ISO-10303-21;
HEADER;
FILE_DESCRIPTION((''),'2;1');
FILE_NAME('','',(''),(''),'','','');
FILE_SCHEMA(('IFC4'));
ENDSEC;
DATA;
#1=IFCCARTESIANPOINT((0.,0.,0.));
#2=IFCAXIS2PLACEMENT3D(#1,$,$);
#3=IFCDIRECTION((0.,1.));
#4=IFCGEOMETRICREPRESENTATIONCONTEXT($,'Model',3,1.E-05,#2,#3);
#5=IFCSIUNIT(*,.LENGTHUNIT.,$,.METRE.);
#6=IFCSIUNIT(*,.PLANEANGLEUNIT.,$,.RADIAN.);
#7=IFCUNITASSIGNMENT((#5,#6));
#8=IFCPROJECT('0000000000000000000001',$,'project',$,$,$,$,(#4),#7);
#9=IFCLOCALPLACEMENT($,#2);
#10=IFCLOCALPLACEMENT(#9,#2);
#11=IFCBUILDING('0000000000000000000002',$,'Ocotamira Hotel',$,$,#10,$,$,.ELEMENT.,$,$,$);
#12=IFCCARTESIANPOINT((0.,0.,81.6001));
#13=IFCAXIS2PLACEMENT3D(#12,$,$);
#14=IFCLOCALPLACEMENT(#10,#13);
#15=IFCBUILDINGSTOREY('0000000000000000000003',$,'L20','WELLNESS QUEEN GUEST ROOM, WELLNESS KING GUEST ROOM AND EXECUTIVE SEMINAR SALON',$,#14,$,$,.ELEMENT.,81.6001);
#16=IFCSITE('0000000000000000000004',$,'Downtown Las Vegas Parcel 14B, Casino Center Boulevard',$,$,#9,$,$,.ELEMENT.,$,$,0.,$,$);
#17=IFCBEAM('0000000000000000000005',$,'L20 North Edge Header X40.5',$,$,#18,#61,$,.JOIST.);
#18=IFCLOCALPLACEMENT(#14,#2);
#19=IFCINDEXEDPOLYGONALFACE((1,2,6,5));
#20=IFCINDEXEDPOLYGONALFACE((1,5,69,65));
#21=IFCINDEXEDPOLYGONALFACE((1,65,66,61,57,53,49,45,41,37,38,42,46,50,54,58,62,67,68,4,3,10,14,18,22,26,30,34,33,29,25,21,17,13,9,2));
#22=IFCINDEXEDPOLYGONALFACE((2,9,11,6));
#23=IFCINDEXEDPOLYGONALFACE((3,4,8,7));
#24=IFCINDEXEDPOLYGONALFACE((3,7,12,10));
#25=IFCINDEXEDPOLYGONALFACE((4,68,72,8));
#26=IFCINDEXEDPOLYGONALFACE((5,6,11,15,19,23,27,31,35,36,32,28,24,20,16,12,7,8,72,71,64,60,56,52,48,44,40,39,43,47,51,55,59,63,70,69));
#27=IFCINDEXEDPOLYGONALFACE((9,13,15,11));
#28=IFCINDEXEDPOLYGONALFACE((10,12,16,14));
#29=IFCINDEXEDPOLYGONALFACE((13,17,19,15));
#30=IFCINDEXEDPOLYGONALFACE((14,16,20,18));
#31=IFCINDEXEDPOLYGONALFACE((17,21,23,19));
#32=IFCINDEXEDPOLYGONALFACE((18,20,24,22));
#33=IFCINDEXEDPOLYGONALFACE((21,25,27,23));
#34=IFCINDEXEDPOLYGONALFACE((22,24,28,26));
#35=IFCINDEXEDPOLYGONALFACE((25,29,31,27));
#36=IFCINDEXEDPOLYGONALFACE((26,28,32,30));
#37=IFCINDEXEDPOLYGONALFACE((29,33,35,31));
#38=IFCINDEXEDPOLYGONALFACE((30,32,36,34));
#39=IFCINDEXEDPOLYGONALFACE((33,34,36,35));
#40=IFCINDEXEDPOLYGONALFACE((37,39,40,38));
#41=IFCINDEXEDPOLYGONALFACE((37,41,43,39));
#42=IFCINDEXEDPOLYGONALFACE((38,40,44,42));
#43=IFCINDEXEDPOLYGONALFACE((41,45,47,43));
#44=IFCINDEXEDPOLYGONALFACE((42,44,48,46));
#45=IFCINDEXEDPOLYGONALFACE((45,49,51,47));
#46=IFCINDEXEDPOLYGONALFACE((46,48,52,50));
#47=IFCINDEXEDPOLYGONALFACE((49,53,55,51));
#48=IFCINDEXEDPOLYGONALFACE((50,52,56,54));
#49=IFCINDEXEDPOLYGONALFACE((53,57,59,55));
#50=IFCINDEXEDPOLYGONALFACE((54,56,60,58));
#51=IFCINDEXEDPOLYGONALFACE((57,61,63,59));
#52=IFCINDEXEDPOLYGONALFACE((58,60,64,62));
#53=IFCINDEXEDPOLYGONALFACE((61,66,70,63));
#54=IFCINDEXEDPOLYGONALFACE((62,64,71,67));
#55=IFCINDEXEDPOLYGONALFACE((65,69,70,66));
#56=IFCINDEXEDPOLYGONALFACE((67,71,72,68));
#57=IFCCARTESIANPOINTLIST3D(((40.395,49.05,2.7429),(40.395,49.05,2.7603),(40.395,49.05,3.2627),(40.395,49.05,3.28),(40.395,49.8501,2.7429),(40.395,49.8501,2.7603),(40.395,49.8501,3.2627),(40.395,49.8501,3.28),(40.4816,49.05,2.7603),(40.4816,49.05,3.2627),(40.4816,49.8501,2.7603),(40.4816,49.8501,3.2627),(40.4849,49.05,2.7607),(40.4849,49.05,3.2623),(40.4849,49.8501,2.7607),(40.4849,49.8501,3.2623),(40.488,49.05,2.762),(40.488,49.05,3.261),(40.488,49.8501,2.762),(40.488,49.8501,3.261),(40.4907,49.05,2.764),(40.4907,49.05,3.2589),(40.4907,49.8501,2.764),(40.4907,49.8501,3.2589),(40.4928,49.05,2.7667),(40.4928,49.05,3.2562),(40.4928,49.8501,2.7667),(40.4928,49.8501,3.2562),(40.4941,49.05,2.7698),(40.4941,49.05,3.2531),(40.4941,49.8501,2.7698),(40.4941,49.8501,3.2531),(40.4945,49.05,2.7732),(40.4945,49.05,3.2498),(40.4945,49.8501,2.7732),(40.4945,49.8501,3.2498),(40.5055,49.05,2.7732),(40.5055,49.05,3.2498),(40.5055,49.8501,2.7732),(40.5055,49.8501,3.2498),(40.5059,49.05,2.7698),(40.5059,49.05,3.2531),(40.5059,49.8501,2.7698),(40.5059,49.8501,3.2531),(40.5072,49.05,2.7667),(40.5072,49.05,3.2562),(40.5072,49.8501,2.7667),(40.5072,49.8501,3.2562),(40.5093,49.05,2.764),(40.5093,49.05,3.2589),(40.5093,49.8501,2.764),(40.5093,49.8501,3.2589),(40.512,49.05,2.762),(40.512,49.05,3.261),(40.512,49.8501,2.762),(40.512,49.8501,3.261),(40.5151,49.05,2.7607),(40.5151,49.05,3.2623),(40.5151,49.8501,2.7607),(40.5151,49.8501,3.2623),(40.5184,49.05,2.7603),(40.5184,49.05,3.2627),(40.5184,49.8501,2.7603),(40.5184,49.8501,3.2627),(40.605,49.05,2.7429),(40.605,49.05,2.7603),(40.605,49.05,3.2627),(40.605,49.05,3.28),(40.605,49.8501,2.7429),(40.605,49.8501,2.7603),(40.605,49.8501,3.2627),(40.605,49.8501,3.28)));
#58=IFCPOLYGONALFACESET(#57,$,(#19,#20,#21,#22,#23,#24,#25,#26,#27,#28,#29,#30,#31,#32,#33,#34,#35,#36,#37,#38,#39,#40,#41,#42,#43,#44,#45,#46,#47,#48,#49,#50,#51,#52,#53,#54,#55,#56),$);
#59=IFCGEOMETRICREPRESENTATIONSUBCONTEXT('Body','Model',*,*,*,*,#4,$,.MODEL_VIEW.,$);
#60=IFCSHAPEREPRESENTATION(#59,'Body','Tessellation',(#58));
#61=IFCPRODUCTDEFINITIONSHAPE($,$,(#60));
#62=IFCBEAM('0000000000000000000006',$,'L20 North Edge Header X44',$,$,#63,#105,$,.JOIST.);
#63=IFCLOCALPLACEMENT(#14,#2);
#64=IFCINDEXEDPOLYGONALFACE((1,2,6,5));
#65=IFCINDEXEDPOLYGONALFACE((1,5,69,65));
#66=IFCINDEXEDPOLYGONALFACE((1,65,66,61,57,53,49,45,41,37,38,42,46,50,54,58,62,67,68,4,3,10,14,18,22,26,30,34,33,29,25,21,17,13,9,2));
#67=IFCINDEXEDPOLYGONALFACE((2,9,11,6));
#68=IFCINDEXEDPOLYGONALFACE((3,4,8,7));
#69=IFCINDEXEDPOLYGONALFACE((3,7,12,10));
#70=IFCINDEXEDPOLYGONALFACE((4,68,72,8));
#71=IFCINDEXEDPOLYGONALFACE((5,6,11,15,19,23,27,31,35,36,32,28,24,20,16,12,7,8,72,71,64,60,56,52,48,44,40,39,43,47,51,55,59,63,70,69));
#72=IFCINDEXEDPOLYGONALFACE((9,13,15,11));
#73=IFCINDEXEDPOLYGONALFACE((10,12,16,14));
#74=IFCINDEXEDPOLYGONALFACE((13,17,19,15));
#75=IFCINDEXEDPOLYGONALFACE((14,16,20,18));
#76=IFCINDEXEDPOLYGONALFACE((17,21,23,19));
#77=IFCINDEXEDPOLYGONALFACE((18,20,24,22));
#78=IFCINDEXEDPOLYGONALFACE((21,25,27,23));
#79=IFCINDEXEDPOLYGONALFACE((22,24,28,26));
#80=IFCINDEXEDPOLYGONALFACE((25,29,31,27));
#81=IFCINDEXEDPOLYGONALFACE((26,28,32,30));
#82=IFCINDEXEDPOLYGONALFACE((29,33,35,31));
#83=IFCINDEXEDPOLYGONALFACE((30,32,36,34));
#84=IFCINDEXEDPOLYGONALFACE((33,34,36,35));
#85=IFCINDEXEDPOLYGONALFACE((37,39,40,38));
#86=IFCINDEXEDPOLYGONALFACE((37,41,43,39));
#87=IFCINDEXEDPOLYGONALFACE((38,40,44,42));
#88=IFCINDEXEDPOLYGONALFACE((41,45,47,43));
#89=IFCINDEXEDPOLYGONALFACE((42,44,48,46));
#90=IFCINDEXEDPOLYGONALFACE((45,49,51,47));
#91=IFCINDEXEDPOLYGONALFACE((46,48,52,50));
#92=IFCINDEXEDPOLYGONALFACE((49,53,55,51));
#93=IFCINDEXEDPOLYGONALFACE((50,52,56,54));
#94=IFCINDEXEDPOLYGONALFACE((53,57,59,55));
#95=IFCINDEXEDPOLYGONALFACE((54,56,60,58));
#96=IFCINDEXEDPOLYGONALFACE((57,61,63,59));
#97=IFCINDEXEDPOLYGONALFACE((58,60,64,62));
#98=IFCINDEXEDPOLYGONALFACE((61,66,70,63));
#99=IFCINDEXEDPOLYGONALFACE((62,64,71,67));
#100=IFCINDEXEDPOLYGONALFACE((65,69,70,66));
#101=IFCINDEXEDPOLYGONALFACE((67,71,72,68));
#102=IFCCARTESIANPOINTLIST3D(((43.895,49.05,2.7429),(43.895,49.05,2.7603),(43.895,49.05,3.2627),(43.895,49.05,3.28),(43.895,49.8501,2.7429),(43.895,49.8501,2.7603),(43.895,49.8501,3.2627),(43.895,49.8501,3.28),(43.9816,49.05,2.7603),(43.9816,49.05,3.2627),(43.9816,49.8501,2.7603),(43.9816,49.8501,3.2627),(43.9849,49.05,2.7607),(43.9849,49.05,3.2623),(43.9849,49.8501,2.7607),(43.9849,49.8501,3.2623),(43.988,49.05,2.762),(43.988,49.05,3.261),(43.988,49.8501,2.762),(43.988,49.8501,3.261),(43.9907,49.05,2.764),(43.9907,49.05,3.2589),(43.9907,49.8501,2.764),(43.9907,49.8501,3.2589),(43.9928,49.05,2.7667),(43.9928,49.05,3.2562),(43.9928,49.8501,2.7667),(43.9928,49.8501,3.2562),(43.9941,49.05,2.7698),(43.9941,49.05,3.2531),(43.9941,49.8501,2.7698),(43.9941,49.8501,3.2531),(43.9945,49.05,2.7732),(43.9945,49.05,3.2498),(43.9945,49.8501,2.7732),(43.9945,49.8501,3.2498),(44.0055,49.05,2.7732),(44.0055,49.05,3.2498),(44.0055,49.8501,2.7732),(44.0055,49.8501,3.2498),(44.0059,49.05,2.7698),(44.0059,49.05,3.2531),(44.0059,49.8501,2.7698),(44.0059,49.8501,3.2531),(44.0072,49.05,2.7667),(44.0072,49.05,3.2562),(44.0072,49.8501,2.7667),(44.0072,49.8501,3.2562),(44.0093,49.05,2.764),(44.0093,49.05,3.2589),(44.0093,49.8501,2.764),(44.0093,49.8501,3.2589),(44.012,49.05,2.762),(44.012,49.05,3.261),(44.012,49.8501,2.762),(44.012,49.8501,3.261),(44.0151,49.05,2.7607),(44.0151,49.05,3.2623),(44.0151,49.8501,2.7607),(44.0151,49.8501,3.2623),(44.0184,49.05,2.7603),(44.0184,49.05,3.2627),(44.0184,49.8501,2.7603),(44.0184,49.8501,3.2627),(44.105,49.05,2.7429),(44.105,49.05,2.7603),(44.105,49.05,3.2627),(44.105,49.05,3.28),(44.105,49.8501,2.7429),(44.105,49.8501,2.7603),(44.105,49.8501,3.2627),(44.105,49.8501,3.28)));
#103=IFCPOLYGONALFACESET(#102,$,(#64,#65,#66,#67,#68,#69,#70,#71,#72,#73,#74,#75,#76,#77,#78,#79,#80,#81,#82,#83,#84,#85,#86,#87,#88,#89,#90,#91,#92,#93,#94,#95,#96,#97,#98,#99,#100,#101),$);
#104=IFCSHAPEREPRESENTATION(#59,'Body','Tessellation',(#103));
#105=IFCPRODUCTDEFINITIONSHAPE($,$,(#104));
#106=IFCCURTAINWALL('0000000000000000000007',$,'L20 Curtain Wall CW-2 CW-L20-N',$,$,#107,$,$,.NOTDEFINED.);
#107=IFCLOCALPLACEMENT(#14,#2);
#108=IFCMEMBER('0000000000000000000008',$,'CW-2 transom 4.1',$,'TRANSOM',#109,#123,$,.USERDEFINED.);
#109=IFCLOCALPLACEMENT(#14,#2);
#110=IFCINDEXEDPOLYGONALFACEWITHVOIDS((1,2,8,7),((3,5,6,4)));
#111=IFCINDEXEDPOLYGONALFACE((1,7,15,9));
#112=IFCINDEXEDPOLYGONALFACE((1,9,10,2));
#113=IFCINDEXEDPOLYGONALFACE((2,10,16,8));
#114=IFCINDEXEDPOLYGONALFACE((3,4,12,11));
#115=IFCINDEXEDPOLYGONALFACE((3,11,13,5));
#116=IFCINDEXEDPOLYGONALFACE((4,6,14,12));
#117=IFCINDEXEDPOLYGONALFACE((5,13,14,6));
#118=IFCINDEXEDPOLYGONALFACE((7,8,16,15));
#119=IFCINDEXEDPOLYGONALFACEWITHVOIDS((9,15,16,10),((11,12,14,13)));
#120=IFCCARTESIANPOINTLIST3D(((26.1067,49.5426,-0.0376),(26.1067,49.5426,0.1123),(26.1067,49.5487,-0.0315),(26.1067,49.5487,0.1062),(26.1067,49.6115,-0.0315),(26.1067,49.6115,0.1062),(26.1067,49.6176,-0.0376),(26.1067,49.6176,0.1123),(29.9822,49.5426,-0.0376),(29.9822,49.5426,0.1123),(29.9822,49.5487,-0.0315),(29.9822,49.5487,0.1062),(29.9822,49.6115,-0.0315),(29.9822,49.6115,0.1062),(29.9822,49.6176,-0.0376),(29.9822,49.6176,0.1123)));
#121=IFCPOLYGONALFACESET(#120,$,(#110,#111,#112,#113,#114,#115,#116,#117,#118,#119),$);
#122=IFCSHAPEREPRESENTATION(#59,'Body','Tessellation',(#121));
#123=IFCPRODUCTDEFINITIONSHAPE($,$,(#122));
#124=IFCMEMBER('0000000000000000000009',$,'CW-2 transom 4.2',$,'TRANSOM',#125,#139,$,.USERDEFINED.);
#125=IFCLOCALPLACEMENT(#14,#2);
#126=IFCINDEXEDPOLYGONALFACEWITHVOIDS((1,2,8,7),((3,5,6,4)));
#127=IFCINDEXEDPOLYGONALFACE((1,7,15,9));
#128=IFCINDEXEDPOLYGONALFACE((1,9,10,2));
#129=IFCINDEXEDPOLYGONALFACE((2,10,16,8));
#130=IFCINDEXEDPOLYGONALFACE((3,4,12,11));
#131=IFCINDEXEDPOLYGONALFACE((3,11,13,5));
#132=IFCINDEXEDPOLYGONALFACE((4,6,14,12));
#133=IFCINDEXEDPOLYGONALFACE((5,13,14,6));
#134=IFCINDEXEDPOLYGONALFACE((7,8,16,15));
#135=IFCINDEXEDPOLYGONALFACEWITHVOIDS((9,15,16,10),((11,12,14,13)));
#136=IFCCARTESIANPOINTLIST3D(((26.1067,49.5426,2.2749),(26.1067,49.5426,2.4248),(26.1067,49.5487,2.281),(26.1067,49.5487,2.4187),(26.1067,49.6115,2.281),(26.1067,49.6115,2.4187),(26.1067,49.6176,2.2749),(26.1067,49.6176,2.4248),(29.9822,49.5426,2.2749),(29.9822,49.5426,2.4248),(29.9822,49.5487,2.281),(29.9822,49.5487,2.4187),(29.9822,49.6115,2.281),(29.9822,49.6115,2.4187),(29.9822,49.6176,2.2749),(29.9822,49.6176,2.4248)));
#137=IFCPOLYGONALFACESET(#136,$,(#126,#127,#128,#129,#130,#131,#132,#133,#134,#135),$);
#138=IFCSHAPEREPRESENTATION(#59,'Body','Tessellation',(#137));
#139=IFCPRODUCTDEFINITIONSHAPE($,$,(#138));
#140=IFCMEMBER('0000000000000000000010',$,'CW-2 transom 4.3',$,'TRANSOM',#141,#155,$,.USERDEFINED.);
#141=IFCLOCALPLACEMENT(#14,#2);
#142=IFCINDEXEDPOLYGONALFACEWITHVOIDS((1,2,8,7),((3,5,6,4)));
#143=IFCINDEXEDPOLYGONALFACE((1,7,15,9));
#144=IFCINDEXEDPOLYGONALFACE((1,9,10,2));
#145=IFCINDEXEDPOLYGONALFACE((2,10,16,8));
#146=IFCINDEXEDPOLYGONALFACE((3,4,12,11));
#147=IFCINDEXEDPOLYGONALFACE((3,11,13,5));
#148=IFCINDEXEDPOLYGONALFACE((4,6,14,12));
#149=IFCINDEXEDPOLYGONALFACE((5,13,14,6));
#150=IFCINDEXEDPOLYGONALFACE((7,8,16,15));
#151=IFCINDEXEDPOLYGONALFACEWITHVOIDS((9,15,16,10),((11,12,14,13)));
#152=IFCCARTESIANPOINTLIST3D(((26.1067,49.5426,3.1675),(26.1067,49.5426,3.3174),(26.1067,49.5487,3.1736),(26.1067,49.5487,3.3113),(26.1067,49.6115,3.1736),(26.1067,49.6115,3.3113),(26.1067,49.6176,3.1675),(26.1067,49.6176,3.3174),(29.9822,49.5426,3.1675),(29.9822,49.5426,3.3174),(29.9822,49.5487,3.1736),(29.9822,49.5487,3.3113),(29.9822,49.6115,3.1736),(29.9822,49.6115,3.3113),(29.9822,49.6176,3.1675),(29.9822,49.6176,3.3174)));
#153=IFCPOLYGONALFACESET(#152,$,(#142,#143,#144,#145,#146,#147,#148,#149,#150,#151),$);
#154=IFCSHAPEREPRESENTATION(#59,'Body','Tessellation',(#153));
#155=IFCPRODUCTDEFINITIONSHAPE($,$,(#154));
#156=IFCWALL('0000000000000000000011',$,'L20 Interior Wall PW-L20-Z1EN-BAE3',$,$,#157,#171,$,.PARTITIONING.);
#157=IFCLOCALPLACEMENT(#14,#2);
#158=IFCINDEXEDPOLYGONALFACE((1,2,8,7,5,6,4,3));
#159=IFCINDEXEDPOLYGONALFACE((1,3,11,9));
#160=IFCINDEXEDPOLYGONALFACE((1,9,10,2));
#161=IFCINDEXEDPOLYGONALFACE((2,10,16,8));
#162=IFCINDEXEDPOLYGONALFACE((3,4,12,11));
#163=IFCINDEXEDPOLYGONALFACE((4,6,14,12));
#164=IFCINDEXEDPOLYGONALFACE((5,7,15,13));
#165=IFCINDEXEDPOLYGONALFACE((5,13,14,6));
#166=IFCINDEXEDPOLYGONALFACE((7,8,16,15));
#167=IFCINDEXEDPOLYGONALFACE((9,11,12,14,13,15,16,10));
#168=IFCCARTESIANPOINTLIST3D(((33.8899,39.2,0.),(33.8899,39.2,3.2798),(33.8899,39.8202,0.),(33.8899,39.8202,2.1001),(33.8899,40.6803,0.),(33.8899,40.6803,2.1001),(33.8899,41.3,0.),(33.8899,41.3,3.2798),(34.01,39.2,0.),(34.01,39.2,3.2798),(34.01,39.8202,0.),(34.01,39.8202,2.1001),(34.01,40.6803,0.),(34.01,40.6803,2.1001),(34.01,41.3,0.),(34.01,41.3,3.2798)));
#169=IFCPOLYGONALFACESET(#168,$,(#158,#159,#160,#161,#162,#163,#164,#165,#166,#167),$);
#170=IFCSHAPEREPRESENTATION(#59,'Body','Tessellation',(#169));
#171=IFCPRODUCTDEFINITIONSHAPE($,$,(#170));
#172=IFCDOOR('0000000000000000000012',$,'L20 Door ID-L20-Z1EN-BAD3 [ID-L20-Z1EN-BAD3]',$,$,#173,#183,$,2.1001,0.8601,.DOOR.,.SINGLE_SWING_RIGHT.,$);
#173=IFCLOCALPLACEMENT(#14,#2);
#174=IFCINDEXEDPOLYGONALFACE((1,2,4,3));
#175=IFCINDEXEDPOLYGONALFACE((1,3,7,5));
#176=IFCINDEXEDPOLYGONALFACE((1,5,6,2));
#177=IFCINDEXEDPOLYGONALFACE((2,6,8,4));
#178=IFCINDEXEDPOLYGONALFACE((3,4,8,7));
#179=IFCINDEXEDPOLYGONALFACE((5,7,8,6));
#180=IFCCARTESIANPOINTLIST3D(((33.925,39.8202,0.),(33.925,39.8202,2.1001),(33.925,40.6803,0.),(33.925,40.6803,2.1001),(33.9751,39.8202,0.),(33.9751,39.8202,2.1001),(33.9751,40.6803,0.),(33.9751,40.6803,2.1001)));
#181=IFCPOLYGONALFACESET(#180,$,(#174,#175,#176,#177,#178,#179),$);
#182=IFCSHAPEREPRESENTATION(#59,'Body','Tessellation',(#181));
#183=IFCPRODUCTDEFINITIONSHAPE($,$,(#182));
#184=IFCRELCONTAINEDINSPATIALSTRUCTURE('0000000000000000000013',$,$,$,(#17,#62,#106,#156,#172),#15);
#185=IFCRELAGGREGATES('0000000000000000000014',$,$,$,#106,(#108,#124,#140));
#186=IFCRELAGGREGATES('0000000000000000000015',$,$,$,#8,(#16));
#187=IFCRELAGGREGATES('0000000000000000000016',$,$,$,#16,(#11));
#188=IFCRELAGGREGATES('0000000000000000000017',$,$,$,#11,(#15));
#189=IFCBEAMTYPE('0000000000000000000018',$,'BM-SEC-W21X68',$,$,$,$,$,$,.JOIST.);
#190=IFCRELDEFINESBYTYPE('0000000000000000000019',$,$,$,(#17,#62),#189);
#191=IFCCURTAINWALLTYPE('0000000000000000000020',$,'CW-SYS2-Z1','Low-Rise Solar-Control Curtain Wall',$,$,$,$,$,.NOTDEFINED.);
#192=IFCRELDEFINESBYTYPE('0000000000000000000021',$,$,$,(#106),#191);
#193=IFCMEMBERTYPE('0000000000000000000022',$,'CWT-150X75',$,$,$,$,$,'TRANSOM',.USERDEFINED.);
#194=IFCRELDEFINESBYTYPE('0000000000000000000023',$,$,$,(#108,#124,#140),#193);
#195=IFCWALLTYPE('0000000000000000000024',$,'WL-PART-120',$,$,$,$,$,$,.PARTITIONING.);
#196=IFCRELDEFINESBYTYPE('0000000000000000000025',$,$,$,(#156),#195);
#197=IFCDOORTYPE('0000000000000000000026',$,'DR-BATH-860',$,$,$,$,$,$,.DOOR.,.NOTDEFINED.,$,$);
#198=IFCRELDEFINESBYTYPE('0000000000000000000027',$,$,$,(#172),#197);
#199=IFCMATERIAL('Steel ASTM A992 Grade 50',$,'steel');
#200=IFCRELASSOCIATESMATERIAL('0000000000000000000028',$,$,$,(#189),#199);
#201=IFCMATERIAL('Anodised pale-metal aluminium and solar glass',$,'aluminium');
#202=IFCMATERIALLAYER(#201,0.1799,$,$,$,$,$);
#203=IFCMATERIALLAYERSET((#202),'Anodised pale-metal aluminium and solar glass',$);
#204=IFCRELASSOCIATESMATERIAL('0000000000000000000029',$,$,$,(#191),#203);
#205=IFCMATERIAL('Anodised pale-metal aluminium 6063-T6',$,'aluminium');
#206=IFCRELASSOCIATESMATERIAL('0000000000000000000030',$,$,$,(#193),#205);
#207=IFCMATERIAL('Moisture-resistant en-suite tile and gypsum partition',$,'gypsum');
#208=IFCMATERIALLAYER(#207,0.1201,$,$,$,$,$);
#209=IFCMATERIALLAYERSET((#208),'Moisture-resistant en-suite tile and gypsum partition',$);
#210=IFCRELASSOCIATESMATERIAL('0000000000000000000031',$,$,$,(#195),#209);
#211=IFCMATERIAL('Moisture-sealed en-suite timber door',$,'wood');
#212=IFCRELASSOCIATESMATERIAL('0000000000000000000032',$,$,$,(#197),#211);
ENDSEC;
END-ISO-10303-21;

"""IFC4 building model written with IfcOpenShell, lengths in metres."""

from ifc_helpers import new_model, si_unit, direction, frame, frame_2d, origin, origin_2d, place, context, subcontext, project, spatial, rectangle, hollow_rectangle, i_section, extrude, source, transform, mapped, material, layer, layer_set, material_profile, profile_set, type_object, element, fill, aggregate, save


model = new_model("IFC4")

# Units and contexts
model_context = context("Model", 3, precision=1e-05, world=origin(), true_north=direction((0.0, 1.0)))
body_context = subcontext(model_context, "Body", "Model", "MODEL_VIEW")
ifc_project = project(units=[si_unit("LENGTHUNIT", "METRE"), si_unit("PLANEANGLEUNIT", "RADIAN")], contexts=[model_context])

# Site, building, storey
site_placement = place(None, origin())
site = spatial("IfcSite", under=ifc_project, at=site_placement, Name="Downtown Las Vegas Parcel 14B, Casino Center Boulevard", CompositionType="ELEMENT", RefElevation=0.0)
building_placement = place(site_placement, origin())
building = spatial("IfcBuilding", under=site, at=building_placement, Name="Ocotamira Hotel", CompositionType="ELEMENT")
storey_placement = place(building_placement, frame((0.0, 0.0, 81.6001)))
storey = spatial("IfcBuildingStorey", under=building, at=storey_placement, Name="L20", Description="WELLNESS QUEEN GUEST ROOM, WELLNESS KING GUEST ROOM AND EXECUTIVE SEMINAR SALON", CompositionType="ELEMENT", Elevation=81.6001)

# Beams
ifc_material_1 = material(Name="Steel ASTM A992 Grade 50", Category="steel")
ifc_material_profile_1 = material_profile(ifc_material_1, i_section(OverallWidth=0.21, OverallDepth=0.5371, WebThickness=0.011, FlangeThickness=0.0173, FilletRadius=0.0129, at=origin_2d()), Name="W21X68")
ifc_profile_set_1 = profile_set([ifc_material_profile_1], Name="Steel ASTM A992 Grade 50")
beam_type_1 = type_object("IfcBeamType", Name="BM-SEC-W21X68", PredefinedType="JOIST", material=ifc_profile_set_1)
shared_shape_1 = source(origin(), body_context, "Body", "SweptSolid", [
    extrude(i_section(OverallWidth=0.21, OverallDepth=0.5371, WebThickness=0.011, FlangeThickness=0.0173, FilletRadius=0.0129, at=origin_2d()), origin(), (0.0, 0.0, 1.0), 0.8),
])
for number, where, z_axis, x_axis, name in (
    (1, (40.5, 49.05, 3.0115), (0.0, 1.0, 0.0), (-1.0, 0.0, 0.0), "L20 North Edge Header X40.5"),
    (2, (44.0, 49.05, 3.0115), (0.0, 1.0, 0.0), (-1.0, 0.0, 0.0), "L20 North Edge Header X44"),
):
    element("IfcBeam", number, at=place(storey_placement, frame(where, z_axis=z_axis, x_axis=x_axis)), inside=storey, type_object=beam_type_1, Name=name, PredefinedType="JOIST", context=body_context, shape_type="MappedRepresentation", body=[
        mapped(shared_shape_1, transform((0.0, 0.0, 0.0), scale=1.0)),
    ])

# Curtain wall, members
ifc_material_2 = material(Name="Anodised pale-metal aluminium and solar glass", Category="aluminium")
ifc_layer_1 = layer(ifc_material_2, 0.1799)
ifc_layer_set_1 = layer_set([ifc_layer_1], Name="Anodised pale-metal aluminium and solar glass")
curtain_wall_type = type_object("IfcCurtainWallType", Name="CW-SYS2-Z1", Description="Low-Rise Solar-Control Curtain Wall", PredefinedType="NOTDEFINED", material=ifc_layer_set_1)
curtain_wall_placement = place(storey_placement, origin())
curtain_wall = element("IfcCurtainWall", 3, at=curtain_wall_placement, inside=storey, type_object=curtain_wall_type, Name="L20 Curtain Wall CW-2 CW-L20-N", PredefinedType="NOTDEFINED")
ifc_material_3 = material(Name="Anodised pale-metal aluminium 6063-T6", Category="aluminium")
ifc_material_profile_2 = material_profile(ifc_material_3, hollow_rectangle(XDim=0.075, YDim=0.1499, WallThickness=0.0061, at=origin_2d()), Name="HSS150X75X6")
ifc_profile_set_2 = profile_set([ifc_material_profile_2], Name="Anodised pale-metal aluminium 6063-T6")
member_type = type_object("IfcMemberType", Name="CWT-150X75", ElementType="TRANSOM", PredefinedType="USERDEFINED", material=ifc_profile_set_2)
shared_shape_2 = source(origin(), body_context, "Body", "SweptSolid", [
    extrude(hollow_rectangle(XDim=0.075, YDim=0.1499, WallThickness=0.0061, at=origin_2d()), origin(), (0.0, 0.0, 1.0), 3.8755),
])
member_1_placement = place(storey_placement, frame((26.1067, 49.5801, 0.0374), z_axis=(1.0, 0.0, 0.0), x_axis=(0.0, 1.0, 0.0)))
member_1 = element("IfcMember", 4, at=member_1_placement, type_object=member_type, Name="CW-2 transom 4.1", ObjectType="TRANSOM", PredefinedType="USERDEFINED", context=body_context, shape_type="MappedRepresentation", body=[
    mapped(shared_shape_2, transform((0.0, 0.0, 0.0), scale=1.0)),
])
member_2_placement = place(storey_placement, frame((26.1067, 49.5801, 2.3499), z_axis=(1.0, 0.0, 0.0), x_axis=(0.0, 1.0, 0.0)))
member_2 = element("IfcMember", 5, at=member_2_placement, type_object=member_type, Name="CW-2 transom 4.2", ObjectType="TRANSOM", PredefinedType="USERDEFINED", context=body_context, shape_type="MappedRepresentation", body=[
    mapped(shared_shape_2, transform((0.0, 0.0, 0.0), scale=1.0)),
])
member_3_placement = place(storey_placement, frame((26.1067, 49.5801, 3.2424), z_axis=(1.0, 0.0, 0.0), x_axis=(0.0, 1.0, 0.0)))
member_3 = element("IfcMember", 6, at=member_3_placement, type_object=member_type, Name="CW-2 transom 4.3", ObjectType="TRANSOM", PredefinedType="USERDEFINED", context=body_context, shape_type="MappedRepresentation", body=[
    mapped(shared_shape_2, transform((0.0, 0.0, 0.0), scale=1.0)),
])
aggregate(curtain_wall, [member_1, member_2, member_3])

# Wall, opening, door
ifc_material_4 = material(Name="Moisture-resistant en-suite tile and gypsum partition", Category="gypsum")
ifc_layer_2 = layer(ifc_material_4, 0.1201)
ifc_layer_set_2 = layer_set([ifc_layer_2], Name="Moisture-resistant en-suite tile and gypsum partition")
wall_type_1 = type_object("IfcWallType", Name="WL-PART-120", PredefinedType="PARTITIONING", material=ifc_layer_set_2)
wall_1_placement = place(storey_placement, frame((33.95, 39.2, 0.0), z_axis=(0.0, 0.0, 1.0), x_axis=(0.0, 1.0, 0.0)))
wall_1 = element("IfcWall", 7, at=wall_1_placement, inside=storey, type_object=wall_type_1, Name="L20 Interior Wall PW-L20-Z1EN-BAE3", PredefinedType="PARTITIONING", context=body_context, shape_type="SweptSolid", body=[
    extrude(rectangle(XDim=2.1001, YDim=0.1201, at=frame_2d((1.05, 0.0))), origin(), (0.0, 0.0, 1.0), 3.2798),
])
opening_1_placement = place(wall_1_placement, frame((0.6201, 0.0, 0.0)))
opening_1 = element("IfcOpeningElement", 8, at=opening_1_placement, cuts=wall_1, PredefinedType="OPENING", context=body_context, shape_type="SweptSolid", body=[
    extrude(rectangle(XDim=0.8601, YDim=2.1001, at=frame_2d((0.4302, 1.05))), frame((0.0, 0.0701, 0.0), z_axis=(0.0, -1.0, 0.0), x_axis=(1.0, 0.0, 0.0)), (0.0, 0.0, 1.0), 0.1401),
])
ifc_material_5 = material(Name="Moisture-sealed en-suite timber door", Category="wood")
door_type = type_object("IfcDoorType", Name="DR-BATH-860", OperationType="NOTDEFINED", PredefinedType="DOOR", material=ifc_material_5)
shared_shape_3 = source(origin(), body_context, "Body", "SweptSolid", [
    extrude(rectangle(XDim=0.8601, YDim=2.1001, at=frame_2d((0.4302, 1.05))), frame((0.0, 0.0249, 0.0), z_axis=(0.0, -1.0, 0.0), x_axis=(1.0, 0.0, 0.0)), (0.0, 0.0, 1.0), 0.05),
])
door_1_placement = place(opening_1_placement, origin())
door_1 = element("IfcDoor", 9, at=door_1_placement, inside=storey, type_object=door_type, Name="L20 Door ID-L20-Z1EN-BAD3 [ID-L20-Z1EN-BAD3]", OperationType="SINGLE_SWING_RIGHT", OverallHeight=2.1001, OverallWidth=0.8601, PredefinedType="DOOR", context=body_context, shape_type="MappedRepresentation", body=[
    mapped(shared_shape_3, transform((0.0, 0.0, 0.0), scale=1.0)),
])
fill(opening_1, door_1)

save(model, "model.ifc")
